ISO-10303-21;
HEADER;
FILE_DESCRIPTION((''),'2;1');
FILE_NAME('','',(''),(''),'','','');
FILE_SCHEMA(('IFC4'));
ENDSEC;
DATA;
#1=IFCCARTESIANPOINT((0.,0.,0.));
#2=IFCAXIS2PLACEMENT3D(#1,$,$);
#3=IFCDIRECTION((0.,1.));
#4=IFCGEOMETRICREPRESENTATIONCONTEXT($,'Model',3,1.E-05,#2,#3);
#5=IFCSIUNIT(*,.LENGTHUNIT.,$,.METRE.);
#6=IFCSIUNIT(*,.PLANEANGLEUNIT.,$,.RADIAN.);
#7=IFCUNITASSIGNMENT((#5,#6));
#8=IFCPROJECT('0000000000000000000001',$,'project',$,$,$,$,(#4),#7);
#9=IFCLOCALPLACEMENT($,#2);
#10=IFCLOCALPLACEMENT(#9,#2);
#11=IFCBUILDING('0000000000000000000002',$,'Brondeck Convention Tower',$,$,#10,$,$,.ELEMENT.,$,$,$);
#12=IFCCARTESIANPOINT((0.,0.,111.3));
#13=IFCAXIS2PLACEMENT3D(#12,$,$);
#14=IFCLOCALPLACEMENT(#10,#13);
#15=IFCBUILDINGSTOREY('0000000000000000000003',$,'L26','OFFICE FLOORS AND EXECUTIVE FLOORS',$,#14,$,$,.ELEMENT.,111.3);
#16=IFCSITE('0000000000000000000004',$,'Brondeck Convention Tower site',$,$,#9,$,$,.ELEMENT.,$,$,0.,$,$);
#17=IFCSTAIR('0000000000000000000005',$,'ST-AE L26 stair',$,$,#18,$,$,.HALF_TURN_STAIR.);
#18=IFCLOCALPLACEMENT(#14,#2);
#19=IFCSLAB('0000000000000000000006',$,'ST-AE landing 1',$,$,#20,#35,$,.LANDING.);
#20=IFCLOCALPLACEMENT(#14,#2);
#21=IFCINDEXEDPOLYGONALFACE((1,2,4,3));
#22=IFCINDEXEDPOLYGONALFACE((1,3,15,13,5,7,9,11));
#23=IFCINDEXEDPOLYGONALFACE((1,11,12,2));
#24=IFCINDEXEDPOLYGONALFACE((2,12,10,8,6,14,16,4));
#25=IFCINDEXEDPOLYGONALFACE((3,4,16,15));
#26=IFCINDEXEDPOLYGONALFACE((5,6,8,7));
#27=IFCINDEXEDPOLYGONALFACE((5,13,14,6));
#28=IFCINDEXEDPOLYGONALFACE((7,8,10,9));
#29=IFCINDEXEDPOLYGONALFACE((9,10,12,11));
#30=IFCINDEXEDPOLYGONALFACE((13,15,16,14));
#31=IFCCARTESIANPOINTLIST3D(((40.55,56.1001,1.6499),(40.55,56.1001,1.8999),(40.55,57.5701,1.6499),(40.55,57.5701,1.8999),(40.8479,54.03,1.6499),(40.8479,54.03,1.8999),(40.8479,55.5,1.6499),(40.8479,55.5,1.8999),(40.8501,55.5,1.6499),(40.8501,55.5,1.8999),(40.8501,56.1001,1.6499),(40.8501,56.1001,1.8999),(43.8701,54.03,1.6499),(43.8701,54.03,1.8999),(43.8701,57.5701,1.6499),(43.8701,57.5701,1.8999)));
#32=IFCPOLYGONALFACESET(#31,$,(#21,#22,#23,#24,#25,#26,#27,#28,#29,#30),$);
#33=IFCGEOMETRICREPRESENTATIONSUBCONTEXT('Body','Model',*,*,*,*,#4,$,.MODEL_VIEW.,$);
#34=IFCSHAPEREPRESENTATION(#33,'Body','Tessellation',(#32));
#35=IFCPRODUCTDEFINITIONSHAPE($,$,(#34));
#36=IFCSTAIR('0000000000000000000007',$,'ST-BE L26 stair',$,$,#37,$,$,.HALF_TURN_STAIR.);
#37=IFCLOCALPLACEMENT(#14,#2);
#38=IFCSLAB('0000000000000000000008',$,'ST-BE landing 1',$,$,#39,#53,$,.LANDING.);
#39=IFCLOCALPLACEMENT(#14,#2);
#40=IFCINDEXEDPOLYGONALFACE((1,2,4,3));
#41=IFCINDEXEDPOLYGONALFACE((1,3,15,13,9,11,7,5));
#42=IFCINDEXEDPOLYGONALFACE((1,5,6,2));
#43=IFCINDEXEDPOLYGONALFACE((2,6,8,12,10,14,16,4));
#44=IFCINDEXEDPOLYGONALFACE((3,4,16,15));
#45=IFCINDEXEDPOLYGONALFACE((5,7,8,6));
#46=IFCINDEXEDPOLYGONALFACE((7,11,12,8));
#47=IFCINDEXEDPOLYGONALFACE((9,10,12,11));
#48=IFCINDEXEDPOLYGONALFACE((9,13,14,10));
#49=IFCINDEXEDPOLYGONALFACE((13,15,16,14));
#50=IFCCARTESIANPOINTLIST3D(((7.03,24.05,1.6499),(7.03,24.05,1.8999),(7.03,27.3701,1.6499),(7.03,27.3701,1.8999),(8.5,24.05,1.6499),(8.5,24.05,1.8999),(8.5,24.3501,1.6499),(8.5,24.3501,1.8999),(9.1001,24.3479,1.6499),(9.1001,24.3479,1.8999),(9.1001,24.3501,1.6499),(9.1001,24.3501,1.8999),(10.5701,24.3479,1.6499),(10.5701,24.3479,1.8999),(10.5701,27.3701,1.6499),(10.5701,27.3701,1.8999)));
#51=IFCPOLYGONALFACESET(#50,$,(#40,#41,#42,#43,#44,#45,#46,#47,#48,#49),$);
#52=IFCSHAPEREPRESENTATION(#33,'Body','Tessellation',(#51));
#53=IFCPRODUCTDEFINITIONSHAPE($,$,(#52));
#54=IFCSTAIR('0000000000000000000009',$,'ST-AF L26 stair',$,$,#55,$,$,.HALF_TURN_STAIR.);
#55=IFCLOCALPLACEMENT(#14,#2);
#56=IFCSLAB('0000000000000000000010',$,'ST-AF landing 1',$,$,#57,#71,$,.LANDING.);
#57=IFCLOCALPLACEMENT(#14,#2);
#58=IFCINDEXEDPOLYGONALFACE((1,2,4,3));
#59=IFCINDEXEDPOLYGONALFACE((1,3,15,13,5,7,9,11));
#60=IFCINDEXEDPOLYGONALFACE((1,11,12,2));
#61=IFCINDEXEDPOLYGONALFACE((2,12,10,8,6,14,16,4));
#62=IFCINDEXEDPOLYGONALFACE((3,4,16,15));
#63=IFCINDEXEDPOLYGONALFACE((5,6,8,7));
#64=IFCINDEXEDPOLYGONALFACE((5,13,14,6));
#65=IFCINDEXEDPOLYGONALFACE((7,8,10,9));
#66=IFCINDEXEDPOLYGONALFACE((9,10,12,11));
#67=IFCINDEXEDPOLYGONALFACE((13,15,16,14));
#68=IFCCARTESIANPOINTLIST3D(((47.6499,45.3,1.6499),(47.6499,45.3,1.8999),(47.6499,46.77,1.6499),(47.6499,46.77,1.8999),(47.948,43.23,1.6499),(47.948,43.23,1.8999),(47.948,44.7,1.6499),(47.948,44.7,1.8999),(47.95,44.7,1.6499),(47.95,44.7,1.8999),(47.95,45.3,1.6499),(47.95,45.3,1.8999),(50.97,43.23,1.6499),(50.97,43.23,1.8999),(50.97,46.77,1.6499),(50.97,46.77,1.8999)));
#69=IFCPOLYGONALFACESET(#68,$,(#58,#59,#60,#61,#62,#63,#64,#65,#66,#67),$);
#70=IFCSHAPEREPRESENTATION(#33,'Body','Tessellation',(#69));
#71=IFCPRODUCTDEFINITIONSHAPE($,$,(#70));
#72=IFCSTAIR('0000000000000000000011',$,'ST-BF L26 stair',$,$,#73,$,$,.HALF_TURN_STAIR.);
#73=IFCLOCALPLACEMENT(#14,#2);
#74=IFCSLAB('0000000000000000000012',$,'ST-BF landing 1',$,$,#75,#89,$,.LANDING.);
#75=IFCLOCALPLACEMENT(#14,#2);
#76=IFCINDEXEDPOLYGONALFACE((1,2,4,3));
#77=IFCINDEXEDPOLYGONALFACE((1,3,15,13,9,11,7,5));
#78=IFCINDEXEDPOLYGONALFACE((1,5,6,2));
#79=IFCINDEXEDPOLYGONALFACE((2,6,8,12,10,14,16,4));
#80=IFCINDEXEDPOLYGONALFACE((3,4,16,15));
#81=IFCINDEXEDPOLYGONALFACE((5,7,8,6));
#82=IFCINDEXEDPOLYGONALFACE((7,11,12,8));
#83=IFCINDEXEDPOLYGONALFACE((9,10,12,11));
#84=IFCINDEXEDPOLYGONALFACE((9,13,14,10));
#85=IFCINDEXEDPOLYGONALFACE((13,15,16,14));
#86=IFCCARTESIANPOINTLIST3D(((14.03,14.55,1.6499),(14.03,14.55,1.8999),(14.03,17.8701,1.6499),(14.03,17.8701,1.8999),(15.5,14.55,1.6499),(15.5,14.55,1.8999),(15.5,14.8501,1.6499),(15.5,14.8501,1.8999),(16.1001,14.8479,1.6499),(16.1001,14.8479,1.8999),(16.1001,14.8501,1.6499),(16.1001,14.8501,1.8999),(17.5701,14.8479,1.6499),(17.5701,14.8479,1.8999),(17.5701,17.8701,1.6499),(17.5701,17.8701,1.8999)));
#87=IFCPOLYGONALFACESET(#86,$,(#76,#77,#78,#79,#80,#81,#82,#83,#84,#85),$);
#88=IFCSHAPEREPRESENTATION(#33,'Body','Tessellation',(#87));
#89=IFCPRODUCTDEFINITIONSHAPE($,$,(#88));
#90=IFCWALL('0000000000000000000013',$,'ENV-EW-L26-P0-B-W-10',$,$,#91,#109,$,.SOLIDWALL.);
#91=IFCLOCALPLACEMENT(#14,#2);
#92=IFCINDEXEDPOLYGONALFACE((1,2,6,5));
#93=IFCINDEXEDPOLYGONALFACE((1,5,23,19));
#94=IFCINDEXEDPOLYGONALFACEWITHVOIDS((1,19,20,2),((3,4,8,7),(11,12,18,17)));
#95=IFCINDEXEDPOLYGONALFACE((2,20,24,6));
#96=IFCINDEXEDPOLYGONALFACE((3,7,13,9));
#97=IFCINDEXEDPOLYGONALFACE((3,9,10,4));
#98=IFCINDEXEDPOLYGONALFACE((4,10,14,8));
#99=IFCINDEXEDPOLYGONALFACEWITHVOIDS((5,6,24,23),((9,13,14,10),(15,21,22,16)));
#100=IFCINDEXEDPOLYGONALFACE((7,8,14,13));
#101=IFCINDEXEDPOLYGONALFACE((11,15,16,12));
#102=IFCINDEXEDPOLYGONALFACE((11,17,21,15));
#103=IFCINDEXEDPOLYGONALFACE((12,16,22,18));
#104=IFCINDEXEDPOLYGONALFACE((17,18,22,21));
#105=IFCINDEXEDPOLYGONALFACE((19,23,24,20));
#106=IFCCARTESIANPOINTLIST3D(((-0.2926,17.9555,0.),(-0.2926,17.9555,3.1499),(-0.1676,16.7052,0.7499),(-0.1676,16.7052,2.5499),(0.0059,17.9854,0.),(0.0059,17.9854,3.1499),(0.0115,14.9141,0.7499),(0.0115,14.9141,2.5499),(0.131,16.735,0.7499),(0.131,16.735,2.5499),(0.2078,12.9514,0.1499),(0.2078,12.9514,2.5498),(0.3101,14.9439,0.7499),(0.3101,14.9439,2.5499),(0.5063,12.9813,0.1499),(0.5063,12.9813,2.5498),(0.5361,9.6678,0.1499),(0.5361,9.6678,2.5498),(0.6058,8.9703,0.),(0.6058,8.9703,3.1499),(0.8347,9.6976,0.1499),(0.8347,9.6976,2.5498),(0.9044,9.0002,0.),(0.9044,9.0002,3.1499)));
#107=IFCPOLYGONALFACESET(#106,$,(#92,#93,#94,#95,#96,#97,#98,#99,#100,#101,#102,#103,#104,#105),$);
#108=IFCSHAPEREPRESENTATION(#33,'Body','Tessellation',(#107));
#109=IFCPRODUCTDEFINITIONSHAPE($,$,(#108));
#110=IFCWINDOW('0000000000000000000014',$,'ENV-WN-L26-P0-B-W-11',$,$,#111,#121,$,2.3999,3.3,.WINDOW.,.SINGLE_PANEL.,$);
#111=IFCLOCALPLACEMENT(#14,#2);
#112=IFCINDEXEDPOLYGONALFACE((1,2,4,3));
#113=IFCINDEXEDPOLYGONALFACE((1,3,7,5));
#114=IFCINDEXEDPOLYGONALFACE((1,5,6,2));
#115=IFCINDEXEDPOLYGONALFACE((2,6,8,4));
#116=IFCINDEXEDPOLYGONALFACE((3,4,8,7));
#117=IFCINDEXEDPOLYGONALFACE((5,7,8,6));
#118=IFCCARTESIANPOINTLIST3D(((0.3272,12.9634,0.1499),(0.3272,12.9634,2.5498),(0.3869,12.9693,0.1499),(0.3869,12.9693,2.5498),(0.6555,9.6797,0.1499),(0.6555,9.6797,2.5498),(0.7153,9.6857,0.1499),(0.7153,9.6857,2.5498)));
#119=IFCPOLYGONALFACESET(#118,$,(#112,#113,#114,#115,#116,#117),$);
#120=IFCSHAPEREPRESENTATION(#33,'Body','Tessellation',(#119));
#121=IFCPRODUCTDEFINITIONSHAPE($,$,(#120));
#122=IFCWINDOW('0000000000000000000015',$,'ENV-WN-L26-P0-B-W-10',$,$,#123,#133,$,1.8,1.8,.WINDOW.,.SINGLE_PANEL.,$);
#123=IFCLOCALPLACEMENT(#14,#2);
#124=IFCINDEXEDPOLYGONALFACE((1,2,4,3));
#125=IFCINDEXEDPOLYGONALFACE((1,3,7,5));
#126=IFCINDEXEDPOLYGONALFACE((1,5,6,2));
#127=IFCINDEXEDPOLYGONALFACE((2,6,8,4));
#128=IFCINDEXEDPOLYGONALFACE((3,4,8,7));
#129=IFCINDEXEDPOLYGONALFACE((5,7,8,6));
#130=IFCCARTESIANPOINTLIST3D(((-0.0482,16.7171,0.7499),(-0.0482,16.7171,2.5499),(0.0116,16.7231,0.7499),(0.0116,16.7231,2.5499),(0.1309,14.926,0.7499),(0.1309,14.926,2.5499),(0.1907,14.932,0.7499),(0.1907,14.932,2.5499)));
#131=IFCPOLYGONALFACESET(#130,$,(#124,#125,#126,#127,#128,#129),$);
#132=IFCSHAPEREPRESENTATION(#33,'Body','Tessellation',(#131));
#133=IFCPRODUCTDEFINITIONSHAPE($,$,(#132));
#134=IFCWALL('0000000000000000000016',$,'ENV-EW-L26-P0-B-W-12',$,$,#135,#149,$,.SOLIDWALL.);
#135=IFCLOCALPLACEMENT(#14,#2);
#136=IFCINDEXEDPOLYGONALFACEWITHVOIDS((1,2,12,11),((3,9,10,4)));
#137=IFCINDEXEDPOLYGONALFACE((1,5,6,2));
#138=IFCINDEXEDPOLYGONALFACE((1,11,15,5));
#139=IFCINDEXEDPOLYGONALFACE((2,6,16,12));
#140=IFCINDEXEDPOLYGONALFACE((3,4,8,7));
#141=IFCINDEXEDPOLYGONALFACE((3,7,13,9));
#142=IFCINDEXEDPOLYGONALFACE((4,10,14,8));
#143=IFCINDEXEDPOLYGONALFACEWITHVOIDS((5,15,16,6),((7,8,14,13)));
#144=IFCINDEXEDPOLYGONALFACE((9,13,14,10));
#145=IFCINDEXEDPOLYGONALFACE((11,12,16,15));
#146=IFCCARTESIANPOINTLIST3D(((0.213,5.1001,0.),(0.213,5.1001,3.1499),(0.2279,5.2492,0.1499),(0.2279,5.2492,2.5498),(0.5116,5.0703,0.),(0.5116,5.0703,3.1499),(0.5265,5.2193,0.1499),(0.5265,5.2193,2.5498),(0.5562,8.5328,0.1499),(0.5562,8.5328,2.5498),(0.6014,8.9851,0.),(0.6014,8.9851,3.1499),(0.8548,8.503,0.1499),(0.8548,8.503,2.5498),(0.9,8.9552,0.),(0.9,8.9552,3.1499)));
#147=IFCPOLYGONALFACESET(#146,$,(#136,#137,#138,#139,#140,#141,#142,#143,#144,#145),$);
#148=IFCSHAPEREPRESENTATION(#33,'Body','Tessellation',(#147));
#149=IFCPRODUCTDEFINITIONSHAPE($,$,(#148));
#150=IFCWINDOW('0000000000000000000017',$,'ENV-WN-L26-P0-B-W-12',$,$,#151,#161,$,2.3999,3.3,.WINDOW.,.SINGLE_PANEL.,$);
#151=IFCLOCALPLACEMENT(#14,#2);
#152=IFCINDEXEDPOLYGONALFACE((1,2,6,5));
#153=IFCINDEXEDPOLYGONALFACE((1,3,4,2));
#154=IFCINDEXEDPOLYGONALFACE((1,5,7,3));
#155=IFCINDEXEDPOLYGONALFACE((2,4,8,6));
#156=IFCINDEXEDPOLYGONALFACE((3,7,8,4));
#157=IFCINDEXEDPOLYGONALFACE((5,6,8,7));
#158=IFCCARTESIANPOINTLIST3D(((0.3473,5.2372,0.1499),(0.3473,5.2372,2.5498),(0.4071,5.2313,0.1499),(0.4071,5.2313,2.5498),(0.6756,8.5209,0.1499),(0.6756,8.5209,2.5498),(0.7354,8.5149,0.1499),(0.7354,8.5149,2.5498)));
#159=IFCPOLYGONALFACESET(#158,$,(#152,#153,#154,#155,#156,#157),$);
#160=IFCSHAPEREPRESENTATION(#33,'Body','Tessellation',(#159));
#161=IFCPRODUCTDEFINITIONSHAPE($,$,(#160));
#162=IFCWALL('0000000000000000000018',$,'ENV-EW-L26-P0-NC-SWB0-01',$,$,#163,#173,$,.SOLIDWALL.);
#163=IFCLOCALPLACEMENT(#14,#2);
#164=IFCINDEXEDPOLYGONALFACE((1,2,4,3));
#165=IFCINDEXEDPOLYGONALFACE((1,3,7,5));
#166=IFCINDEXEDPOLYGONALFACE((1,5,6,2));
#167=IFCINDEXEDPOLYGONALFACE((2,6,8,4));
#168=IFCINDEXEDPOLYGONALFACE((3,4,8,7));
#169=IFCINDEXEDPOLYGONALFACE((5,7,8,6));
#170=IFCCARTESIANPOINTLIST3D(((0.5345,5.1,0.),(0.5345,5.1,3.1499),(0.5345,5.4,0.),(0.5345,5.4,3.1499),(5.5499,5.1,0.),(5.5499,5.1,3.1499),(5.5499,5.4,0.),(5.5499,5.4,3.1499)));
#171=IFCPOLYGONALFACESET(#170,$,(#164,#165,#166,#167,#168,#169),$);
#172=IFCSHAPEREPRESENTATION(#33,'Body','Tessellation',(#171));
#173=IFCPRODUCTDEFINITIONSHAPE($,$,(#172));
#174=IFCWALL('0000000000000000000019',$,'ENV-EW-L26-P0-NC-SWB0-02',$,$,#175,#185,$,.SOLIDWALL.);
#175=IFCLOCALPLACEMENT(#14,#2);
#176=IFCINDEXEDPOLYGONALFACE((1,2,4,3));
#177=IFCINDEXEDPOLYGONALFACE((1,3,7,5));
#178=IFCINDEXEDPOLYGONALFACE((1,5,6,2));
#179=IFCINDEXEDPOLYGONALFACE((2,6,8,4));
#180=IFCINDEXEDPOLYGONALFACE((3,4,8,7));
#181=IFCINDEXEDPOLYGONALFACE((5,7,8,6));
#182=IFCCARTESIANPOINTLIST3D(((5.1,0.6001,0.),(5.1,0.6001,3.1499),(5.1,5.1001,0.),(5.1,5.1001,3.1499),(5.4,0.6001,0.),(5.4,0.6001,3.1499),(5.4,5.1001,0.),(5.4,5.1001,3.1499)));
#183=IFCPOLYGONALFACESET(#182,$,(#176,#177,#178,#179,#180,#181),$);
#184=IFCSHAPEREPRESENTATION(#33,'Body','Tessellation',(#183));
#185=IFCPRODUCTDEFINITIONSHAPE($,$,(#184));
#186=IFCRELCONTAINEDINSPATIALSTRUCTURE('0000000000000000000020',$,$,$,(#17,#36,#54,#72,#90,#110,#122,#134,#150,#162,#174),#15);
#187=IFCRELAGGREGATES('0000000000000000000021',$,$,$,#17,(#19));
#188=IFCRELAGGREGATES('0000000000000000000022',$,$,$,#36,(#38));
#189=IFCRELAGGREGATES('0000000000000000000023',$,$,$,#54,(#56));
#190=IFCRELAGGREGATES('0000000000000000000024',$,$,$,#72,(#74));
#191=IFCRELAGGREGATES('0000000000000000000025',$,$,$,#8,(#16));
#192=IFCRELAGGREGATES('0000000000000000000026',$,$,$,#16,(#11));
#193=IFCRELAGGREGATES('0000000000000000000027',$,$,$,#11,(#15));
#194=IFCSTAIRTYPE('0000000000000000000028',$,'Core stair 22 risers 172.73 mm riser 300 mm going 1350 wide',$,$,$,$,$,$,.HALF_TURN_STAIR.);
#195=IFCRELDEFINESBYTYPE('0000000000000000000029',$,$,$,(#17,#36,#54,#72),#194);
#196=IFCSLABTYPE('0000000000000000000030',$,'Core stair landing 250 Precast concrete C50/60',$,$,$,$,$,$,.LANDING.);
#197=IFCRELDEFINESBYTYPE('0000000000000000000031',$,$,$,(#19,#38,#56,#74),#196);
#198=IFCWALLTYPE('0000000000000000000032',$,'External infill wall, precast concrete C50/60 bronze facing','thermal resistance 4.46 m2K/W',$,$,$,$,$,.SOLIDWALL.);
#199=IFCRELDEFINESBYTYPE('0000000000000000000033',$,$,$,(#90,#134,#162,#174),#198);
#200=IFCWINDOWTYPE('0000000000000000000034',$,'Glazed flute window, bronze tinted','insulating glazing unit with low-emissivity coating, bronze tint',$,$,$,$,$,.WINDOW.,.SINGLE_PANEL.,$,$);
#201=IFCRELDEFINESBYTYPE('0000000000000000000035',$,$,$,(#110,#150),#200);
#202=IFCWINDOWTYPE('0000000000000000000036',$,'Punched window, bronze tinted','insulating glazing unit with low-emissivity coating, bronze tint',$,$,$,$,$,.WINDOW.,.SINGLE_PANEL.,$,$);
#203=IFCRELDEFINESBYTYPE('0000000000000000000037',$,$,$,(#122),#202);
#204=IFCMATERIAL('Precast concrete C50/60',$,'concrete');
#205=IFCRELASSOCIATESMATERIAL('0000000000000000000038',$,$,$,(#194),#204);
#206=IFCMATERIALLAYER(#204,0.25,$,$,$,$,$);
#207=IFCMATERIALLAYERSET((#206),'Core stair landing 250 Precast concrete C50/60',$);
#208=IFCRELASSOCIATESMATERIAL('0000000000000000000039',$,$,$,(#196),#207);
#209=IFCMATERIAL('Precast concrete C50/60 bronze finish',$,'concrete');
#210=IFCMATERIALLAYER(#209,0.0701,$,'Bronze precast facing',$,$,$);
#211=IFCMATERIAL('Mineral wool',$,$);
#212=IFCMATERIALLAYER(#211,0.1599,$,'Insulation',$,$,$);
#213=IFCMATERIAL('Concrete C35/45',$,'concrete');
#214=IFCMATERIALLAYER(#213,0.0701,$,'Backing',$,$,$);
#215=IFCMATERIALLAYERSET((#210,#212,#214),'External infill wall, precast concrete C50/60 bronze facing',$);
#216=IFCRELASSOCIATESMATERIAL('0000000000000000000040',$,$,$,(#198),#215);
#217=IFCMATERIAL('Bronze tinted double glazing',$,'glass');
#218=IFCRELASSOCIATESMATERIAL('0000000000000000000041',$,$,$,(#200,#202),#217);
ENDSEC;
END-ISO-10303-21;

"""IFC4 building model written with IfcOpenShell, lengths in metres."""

from ifc_helpers import new_model, si_unit, direction, frame, frame_2d, origin, place, context, subcontext, project, spatial, polyline, rectangle, outline, extrude, material, layer, layer_set, type_object, element, fill, aggregate, save


model = new_model("IFC4")

# Units and contexts
model_context = context("Model", 3, precision=1e-05, world=origin(), true_north=direction((0.0, 1.0)))
body_context = subcontext(model_context, "Body", "Model", "MODEL_VIEW")
ifc_project = project(units=[si_unit("LENGTHUNIT", "METRE"), si_unit("PLANEANGLEUNIT", "RADIAN")], contexts=[model_context])

# Site, building, storey
site_placement = place(None, origin())
site = spatial("IfcSite", under=ifc_project, at=site_placement, Name="Brondeck Convention Tower site", CompositionType="ELEMENT", RefElevation=0.0)
building_placement = place(site_placement, origin())
building = spatial("IfcBuilding", under=site, at=building_placement, Name="Brondeck Convention Tower", CompositionType="ELEMENT")
storey_placement = place(building_placement, frame((0.0, 0.0, 111.3)))
storey = spatial("IfcBuildingStorey", under=building, at=storey_placement, Name="L26", Description="OFFICE FLOORS AND EXECUTIVE FLOORS", CompositionType="ELEMENT", Elevation=111.3)

# Shared definitions
ifc_material_1 = material(Name="Concrete C35/45", Category="concrete")

# Stairs, slabs
ifc_material_2 = material(Name="Precast concrete C50/60", Category="concrete")
stair_type = type_object("IfcStairType", Name="Core stair 22 risers 172.73 mm riser 300 mm going 1350 wide", PredefinedType="HALF_TURN_STAIR", material=ifc_material_2)
ifc_layer_1 = layer(ifc_material_2, 0.25)
ifc_layer_set_1 = layer_set([ifc_layer_1], Name="Core stair landing 250 Precast concrete C50/60")
slab_type_1 = type_object("IfcSlabType", Name="Core stair landing 250 Precast concrete C50/60", PredefinedType="LANDING", material=ifc_layer_set_1)
stair_1_placement = place(storey_placement, origin())
stair_1 = element("IfcStair", 1, at=stair_1_placement, inside=storey, type_object=stair_type, Name="ST-AE L26 stair", PredefinedType="HALF_TURN_STAIR")
slab_1_placement = place(storey_placement, frame((0.0, 0.0, 1.6499)))
slab_1 = element("IfcSlab", 2, at=slab_1_placement, type_object=slab_type_1, Name="ST-AE landing 1", PredefinedType="LANDING", context=body_context, shape_type="SweptSolid", body=[
    extrude(outline(polyline([(40.8479, 55.5), (40.8501, 55.5), (40.8501, 56.1001), (40.55, 56.1001), (40.55, 57.5701), (43.8701, 57.5701), (43.8701, 54.03), (40.8479, 54.03), (40.8479, 55.5)])), origin(), (0.0, 0.0, 1.0), 0.25),
])
aggregate(stair_1, [slab_1])
stair_2_placement = place(storey_placement, origin())
stair_2 = element("IfcStair", 3, at=stair_2_placement, inside=storey, type_object=stair_type, Name="ST-BE L26 stair", PredefinedType="HALF_TURN_STAIR")
slab_2_placement = place(storey_placement, frame((0.0, 0.0, 1.6499)))
slab_2 = element("IfcSlab", 4, at=slab_2_placement, type_object=slab_type_1, Name="ST-BE landing 1", PredefinedType="LANDING", context=body_context, shape_type="SweptSolid", body=[
    extrude(outline(polyline([(7.03, 24.05), (7.03, 27.3701), (10.5701, 27.3701), (10.5701, 24.3479), (9.1001, 24.3479), (9.1001, 24.3501), (8.5, 24.3501), (8.5, 24.05), (7.03, 24.05)])), origin(), (0.0, 0.0, 1.0), 0.25),
])
aggregate(stair_2, [slab_2])
stair_3_placement = place(storey_placement, origin())
stair_3 = element("IfcStair", 5, at=stair_3_placement, inside=storey, type_object=stair_type, Name="ST-AF L26 stair", PredefinedType="HALF_TURN_STAIR")
slab_3_placement = place(storey_placement, frame((0.0, 0.0, 1.6499)))
slab_3 = element("IfcSlab", 6, at=slab_3_placement, type_object=slab_type_1, Name="ST-AF landing 1", PredefinedType="LANDING", context=body_context, shape_type="SweptSolid", body=[
    extrude(outline(polyline([(47.948, 44.7), (47.95, 44.7), (47.95, 45.3), (47.6499, 45.3), (47.6499, 46.77), (50.97, 46.77), (50.97, 43.23), (47.948, 43.23), (47.948, 44.7)])), origin(), (0.0, 0.0, 1.0), 0.25),
])
aggregate(stair_3, [slab_3])
stair_4_placement = place(storey_placement, origin())
stair_4 = element("IfcStair", 7, at=stair_4_placement, inside=storey, type_object=stair_type, Name="ST-BF L26 stair", PredefinedType="HALF_TURN_STAIR")
slab_4_placement = place(storey_placement, frame((0.0, 0.0, 1.6499)))
slab_4 = element("IfcSlab", 8, at=slab_4_placement, type_object=slab_type_1, Name="ST-BF landing 1", PredefinedType="LANDING", context=body_context, shape_type="SweptSolid", body=[
    extrude(outline(polyline([(14.03, 14.55), (14.03, 17.8701), (17.5701, 17.8701), (17.5701, 14.8479), (16.1001, 14.8479), (16.1001, 14.8501), (15.5, 14.8501), (15.5, 14.55), (14.03, 14.55)])), origin(), (0.0, 0.0, 1.0), 0.25),
])
aggregate(stair_4, [slab_4])

# Wall, openings, windows
ifc_material_3 = material(Name="Precast concrete C50/60 bronze finish", Category="concrete")
ifc_layer_2 = layer(ifc_material_3, 0.0701, Name="Bronze precast facing")
ifc_material_4 = material(Name="Mineral wool")
ifc_layer_3 = layer(ifc_material_4, 0.1599, Name="Insulation")
ifc_layer_4 = layer(ifc_material_1, 0.0701, Name="Backing")
ifc_layer_set_2 = layer_set([ifc_layer_2, ifc_layer_3, ifc_layer_4], Name="External infill wall, precast concrete C50/60 bronze facing")
wall_type = type_object("IfcWallType", Name="External infill wall, precast concrete C50/60 bronze facing", Description="thermal resistance 4.46 m2K/W", PredefinedType="SOLIDWALL", material=ifc_layer_set_2)
wall_1_placement = place(storey_placement, frame((0.7551, 8.9851, 0.0), z_axis=(0.0, 0.0, 1.0), x_axis=(-0.099496, 0.995038, 0.0)))
wall_1 = element("IfcWall", 9, at=wall_1_placement, inside=storey, type_object=wall_type, Name="ENV-EW-L26-P0-B-W-10", PredefinedType="SOLIDWALL", context=body_context, shape_type="SweptSolid", body=[
    extrude(rectangle(XDim=9.03, YDim=0.3, at=frame_2d((4.5151, 0.0))), origin(), (0.0, 0.0, 1.0), 3.1499),
])
opening_1_placement = place(wall_1_placement, frame((0.7012, 0.0, 0.1499)))
opening_1 = element("IfcOpeningElement", 10, at=opening_1_placement, cuts=wall_1, PredefinedType="OPENING", context=body_context, shape_type="SweptSolid", body=[
    extrude(rectangle(XDim=3.3, YDim=2.3999, at=frame_2d((1.6499, 1.2))), frame((0.0, 0.1599, 0.0), z_axis=(0.0, -1.0, 0.0), x_axis=(1.0, 0.0, 0.0)), (0.0, 0.0, 1.0), 0.3201),
])
opening_2_placement = place(wall_1_placement, frame((5.9736, 0.0, 0.75)))
opening_2 = element("IfcOpeningElement", 11, at=opening_2_placement, cuts=wall_1, PredefinedType="OPENING", context=body_context, shape_type="SweptSolid", body=[
    extrude(rectangle(XDim=1.8, YDim=1.8, at=frame_2d((0.8999, 0.8999))), frame((0.0, 0.1599, 0.0), z_axis=(0.0, -1.0, 0.0), x_axis=(1.0, 0.0, 0.0)), (0.0, 0.0, 1.0), 0.3201),
])
ifc_material_5 = material(Name="Bronze tinted double glazing", Category="glass")
window_type_1 = type_object("IfcWindowType", Name="Glazed flute window, bronze tinted", Description="insulating glazing unit with low-emissivity coating, bronze tint", PartitioningType="SINGLE_PANEL", PredefinedType="WINDOW", material=ifc_material_5)
window_1_placement = place(opening_1_placement, origin())
window_1 = element("IfcWindow", 12, at=window_1_placement, inside=storey, type_object=window_type_1, Name="ENV-WN-L26-P0-B-W-11", OverallHeight=2.3999, OverallWidth=3.3, PartitioningType="SINGLE_PANEL", PredefinedType="WINDOW", context=body_context, shape_type="SweptSolid", body=[
    extrude(rectangle(XDim=3.3, YDim=2.3999, at=frame_2d((1.6499, 1.2))), frame((0.0, 0.03, 0.0), z_axis=(0.0, -1.0, 0.0), x_axis=(1.0, 0.0, 0.0)), (0.0, 0.0, 1.0), 0.0601),
])
fill(opening_1, window_1)
window_type_2 = type_object("IfcWindowType", Name="Punched window, bronze tinted", Description="insulating glazing unit with low-emissivity coating, bronze tint", PartitioningType="SINGLE_PANEL", PredefinedType="WINDOW", material=ifc_material_5)
window_2_placement = place(opening_2_placement, origin())
window_2 = element("IfcWindow", 13, at=window_2_placement, inside=storey, type_object=window_type_2, Name="ENV-WN-L26-P0-B-W-10", OverallHeight=1.8, OverallWidth=1.8, PartitioningType="SINGLE_PANEL", PredefinedType="WINDOW", context=body_context, shape_type="SweptSolid", body=[
    extrude(rectangle(XDim=1.8, YDim=1.8, at=frame_2d((0.8999, 0.8999))), frame((0.0, 0.03, 0.0), z_axis=(0.0, -1.0, 0.0), x_axis=(1.0, 0.0, 0.0)), (0.0, 0.0, 1.0), 0.0601),
])
fill(opening_2, window_2)

# Wall, opening, window
wall_2_placement = place(storey_placement, frame((0.3623, 5.0852, 0.0), z_axis=(0.0, 0.0, 1.0), x_axis=(0.099485, 0.995039, 0.0)))
wall_2 = element("IfcWall", 14, at=wall_2_placement, inside=storey, type_object=wall_type, Name="ENV-EW-L26-P0-B-W-12", PredefinedType="SOLIDWALL", context=body_context, shape_type="SweptSolid", body=[
    extrude(rectangle(XDim=3.9043, YDim=0.3, at=frame_2d((1.9521, 0.0))), origin(), (0.0, 0.0, 1.0), 3.1499),
])
opening_3_placement = place(wall_2_placement, frame((0.1499, 0.0, 0.1499)))
opening_3 = element("IfcOpeningElement", 15, at=opening_3_placement, cuts=wall_2, PredefinedType="OPENING", context=body_context, shape_type="SweptSolid", body=[
    extrude(rectangle(XDim=3.3, YDim=2.3999, at=frame_2d((1.6499, 1.2))), frame((0.0, 0.1599, 0.0), z_axis=(0.0, -1.0, 0.0), x_axis=(1.0, 0.0, 0.0)), (0.0, 0.0, 1.0), 0.3201),
])
window_3_placement = place(opening_3_placement, origin())
window_3 = element("IfcWindow", 16, at=window_3_placement, inside=storey, type_object=window_type_1, Name="ENV-WN-L26-P0-B-W-12", OverallHeight=2.3999, OverallWidth=3.3, PartitioningType="SINGLE_PANEL", PredefinedType="WINDOW", context=body_context, shape_type="SweptSolid", body=[
    extrude(rectangle(XDim=3.3, YDim=2.3999, at=frame_2d((1.6499, 1.2))), frame((0.0, 0.03, 0.0), z_axis=(0.0, -1.0, 0.0), x_axis=(1.0, 0.0, 0.0)), (0.0, 0.0, 1.0), 0.0601),
])
fill(opening_3, window_3)

# Walls
wall_3_placement = place(storey_placement, frame((5.55, 5.25, 0.0), z_axis=(0.0, 0.0, 1.0), x_axis=(-1.0, 0.0, 0.0)))
element("IfcWall", 17, at=wall_3_placement, inside=storey, type_object=wall_type, Name="ENV-EW-L26-P0-NC-SWB0-01", PredefinedType="SOLIDWALL", context=body_context, shape_type="SweptSolid", body=[
    extrude(rectangle(XDim=5.0154, YDim=0.3, at=frame_2d((2.5078, 0.0))), origin(), (0.0, 0.0, 1.0), 3.1499),
])
wall_4_placement = place(storey_placement, frame((5.25, 0.6001, 0.0), z_axis=(0.0, 0.0, 1.0), x_axis=(0.0, 1.0, 0.0)))
element("IfcWall", 18, at=wall_4_placement, inside=storey, type_object=wall_type, Name="ENV-EW-L26-P0-NC-SWB0-02", PredefinedType="SOLIDWALL", context=body_context, shape_type="SweptSolid", body=[
    extrude(rectangle(XDim=4.5, YDim=0.3, at=frame_2d((2.25, 0.0))), origin(), (0.0, 0.0, 1.0), 3.1499),
])

save(model, "model.ifc")
